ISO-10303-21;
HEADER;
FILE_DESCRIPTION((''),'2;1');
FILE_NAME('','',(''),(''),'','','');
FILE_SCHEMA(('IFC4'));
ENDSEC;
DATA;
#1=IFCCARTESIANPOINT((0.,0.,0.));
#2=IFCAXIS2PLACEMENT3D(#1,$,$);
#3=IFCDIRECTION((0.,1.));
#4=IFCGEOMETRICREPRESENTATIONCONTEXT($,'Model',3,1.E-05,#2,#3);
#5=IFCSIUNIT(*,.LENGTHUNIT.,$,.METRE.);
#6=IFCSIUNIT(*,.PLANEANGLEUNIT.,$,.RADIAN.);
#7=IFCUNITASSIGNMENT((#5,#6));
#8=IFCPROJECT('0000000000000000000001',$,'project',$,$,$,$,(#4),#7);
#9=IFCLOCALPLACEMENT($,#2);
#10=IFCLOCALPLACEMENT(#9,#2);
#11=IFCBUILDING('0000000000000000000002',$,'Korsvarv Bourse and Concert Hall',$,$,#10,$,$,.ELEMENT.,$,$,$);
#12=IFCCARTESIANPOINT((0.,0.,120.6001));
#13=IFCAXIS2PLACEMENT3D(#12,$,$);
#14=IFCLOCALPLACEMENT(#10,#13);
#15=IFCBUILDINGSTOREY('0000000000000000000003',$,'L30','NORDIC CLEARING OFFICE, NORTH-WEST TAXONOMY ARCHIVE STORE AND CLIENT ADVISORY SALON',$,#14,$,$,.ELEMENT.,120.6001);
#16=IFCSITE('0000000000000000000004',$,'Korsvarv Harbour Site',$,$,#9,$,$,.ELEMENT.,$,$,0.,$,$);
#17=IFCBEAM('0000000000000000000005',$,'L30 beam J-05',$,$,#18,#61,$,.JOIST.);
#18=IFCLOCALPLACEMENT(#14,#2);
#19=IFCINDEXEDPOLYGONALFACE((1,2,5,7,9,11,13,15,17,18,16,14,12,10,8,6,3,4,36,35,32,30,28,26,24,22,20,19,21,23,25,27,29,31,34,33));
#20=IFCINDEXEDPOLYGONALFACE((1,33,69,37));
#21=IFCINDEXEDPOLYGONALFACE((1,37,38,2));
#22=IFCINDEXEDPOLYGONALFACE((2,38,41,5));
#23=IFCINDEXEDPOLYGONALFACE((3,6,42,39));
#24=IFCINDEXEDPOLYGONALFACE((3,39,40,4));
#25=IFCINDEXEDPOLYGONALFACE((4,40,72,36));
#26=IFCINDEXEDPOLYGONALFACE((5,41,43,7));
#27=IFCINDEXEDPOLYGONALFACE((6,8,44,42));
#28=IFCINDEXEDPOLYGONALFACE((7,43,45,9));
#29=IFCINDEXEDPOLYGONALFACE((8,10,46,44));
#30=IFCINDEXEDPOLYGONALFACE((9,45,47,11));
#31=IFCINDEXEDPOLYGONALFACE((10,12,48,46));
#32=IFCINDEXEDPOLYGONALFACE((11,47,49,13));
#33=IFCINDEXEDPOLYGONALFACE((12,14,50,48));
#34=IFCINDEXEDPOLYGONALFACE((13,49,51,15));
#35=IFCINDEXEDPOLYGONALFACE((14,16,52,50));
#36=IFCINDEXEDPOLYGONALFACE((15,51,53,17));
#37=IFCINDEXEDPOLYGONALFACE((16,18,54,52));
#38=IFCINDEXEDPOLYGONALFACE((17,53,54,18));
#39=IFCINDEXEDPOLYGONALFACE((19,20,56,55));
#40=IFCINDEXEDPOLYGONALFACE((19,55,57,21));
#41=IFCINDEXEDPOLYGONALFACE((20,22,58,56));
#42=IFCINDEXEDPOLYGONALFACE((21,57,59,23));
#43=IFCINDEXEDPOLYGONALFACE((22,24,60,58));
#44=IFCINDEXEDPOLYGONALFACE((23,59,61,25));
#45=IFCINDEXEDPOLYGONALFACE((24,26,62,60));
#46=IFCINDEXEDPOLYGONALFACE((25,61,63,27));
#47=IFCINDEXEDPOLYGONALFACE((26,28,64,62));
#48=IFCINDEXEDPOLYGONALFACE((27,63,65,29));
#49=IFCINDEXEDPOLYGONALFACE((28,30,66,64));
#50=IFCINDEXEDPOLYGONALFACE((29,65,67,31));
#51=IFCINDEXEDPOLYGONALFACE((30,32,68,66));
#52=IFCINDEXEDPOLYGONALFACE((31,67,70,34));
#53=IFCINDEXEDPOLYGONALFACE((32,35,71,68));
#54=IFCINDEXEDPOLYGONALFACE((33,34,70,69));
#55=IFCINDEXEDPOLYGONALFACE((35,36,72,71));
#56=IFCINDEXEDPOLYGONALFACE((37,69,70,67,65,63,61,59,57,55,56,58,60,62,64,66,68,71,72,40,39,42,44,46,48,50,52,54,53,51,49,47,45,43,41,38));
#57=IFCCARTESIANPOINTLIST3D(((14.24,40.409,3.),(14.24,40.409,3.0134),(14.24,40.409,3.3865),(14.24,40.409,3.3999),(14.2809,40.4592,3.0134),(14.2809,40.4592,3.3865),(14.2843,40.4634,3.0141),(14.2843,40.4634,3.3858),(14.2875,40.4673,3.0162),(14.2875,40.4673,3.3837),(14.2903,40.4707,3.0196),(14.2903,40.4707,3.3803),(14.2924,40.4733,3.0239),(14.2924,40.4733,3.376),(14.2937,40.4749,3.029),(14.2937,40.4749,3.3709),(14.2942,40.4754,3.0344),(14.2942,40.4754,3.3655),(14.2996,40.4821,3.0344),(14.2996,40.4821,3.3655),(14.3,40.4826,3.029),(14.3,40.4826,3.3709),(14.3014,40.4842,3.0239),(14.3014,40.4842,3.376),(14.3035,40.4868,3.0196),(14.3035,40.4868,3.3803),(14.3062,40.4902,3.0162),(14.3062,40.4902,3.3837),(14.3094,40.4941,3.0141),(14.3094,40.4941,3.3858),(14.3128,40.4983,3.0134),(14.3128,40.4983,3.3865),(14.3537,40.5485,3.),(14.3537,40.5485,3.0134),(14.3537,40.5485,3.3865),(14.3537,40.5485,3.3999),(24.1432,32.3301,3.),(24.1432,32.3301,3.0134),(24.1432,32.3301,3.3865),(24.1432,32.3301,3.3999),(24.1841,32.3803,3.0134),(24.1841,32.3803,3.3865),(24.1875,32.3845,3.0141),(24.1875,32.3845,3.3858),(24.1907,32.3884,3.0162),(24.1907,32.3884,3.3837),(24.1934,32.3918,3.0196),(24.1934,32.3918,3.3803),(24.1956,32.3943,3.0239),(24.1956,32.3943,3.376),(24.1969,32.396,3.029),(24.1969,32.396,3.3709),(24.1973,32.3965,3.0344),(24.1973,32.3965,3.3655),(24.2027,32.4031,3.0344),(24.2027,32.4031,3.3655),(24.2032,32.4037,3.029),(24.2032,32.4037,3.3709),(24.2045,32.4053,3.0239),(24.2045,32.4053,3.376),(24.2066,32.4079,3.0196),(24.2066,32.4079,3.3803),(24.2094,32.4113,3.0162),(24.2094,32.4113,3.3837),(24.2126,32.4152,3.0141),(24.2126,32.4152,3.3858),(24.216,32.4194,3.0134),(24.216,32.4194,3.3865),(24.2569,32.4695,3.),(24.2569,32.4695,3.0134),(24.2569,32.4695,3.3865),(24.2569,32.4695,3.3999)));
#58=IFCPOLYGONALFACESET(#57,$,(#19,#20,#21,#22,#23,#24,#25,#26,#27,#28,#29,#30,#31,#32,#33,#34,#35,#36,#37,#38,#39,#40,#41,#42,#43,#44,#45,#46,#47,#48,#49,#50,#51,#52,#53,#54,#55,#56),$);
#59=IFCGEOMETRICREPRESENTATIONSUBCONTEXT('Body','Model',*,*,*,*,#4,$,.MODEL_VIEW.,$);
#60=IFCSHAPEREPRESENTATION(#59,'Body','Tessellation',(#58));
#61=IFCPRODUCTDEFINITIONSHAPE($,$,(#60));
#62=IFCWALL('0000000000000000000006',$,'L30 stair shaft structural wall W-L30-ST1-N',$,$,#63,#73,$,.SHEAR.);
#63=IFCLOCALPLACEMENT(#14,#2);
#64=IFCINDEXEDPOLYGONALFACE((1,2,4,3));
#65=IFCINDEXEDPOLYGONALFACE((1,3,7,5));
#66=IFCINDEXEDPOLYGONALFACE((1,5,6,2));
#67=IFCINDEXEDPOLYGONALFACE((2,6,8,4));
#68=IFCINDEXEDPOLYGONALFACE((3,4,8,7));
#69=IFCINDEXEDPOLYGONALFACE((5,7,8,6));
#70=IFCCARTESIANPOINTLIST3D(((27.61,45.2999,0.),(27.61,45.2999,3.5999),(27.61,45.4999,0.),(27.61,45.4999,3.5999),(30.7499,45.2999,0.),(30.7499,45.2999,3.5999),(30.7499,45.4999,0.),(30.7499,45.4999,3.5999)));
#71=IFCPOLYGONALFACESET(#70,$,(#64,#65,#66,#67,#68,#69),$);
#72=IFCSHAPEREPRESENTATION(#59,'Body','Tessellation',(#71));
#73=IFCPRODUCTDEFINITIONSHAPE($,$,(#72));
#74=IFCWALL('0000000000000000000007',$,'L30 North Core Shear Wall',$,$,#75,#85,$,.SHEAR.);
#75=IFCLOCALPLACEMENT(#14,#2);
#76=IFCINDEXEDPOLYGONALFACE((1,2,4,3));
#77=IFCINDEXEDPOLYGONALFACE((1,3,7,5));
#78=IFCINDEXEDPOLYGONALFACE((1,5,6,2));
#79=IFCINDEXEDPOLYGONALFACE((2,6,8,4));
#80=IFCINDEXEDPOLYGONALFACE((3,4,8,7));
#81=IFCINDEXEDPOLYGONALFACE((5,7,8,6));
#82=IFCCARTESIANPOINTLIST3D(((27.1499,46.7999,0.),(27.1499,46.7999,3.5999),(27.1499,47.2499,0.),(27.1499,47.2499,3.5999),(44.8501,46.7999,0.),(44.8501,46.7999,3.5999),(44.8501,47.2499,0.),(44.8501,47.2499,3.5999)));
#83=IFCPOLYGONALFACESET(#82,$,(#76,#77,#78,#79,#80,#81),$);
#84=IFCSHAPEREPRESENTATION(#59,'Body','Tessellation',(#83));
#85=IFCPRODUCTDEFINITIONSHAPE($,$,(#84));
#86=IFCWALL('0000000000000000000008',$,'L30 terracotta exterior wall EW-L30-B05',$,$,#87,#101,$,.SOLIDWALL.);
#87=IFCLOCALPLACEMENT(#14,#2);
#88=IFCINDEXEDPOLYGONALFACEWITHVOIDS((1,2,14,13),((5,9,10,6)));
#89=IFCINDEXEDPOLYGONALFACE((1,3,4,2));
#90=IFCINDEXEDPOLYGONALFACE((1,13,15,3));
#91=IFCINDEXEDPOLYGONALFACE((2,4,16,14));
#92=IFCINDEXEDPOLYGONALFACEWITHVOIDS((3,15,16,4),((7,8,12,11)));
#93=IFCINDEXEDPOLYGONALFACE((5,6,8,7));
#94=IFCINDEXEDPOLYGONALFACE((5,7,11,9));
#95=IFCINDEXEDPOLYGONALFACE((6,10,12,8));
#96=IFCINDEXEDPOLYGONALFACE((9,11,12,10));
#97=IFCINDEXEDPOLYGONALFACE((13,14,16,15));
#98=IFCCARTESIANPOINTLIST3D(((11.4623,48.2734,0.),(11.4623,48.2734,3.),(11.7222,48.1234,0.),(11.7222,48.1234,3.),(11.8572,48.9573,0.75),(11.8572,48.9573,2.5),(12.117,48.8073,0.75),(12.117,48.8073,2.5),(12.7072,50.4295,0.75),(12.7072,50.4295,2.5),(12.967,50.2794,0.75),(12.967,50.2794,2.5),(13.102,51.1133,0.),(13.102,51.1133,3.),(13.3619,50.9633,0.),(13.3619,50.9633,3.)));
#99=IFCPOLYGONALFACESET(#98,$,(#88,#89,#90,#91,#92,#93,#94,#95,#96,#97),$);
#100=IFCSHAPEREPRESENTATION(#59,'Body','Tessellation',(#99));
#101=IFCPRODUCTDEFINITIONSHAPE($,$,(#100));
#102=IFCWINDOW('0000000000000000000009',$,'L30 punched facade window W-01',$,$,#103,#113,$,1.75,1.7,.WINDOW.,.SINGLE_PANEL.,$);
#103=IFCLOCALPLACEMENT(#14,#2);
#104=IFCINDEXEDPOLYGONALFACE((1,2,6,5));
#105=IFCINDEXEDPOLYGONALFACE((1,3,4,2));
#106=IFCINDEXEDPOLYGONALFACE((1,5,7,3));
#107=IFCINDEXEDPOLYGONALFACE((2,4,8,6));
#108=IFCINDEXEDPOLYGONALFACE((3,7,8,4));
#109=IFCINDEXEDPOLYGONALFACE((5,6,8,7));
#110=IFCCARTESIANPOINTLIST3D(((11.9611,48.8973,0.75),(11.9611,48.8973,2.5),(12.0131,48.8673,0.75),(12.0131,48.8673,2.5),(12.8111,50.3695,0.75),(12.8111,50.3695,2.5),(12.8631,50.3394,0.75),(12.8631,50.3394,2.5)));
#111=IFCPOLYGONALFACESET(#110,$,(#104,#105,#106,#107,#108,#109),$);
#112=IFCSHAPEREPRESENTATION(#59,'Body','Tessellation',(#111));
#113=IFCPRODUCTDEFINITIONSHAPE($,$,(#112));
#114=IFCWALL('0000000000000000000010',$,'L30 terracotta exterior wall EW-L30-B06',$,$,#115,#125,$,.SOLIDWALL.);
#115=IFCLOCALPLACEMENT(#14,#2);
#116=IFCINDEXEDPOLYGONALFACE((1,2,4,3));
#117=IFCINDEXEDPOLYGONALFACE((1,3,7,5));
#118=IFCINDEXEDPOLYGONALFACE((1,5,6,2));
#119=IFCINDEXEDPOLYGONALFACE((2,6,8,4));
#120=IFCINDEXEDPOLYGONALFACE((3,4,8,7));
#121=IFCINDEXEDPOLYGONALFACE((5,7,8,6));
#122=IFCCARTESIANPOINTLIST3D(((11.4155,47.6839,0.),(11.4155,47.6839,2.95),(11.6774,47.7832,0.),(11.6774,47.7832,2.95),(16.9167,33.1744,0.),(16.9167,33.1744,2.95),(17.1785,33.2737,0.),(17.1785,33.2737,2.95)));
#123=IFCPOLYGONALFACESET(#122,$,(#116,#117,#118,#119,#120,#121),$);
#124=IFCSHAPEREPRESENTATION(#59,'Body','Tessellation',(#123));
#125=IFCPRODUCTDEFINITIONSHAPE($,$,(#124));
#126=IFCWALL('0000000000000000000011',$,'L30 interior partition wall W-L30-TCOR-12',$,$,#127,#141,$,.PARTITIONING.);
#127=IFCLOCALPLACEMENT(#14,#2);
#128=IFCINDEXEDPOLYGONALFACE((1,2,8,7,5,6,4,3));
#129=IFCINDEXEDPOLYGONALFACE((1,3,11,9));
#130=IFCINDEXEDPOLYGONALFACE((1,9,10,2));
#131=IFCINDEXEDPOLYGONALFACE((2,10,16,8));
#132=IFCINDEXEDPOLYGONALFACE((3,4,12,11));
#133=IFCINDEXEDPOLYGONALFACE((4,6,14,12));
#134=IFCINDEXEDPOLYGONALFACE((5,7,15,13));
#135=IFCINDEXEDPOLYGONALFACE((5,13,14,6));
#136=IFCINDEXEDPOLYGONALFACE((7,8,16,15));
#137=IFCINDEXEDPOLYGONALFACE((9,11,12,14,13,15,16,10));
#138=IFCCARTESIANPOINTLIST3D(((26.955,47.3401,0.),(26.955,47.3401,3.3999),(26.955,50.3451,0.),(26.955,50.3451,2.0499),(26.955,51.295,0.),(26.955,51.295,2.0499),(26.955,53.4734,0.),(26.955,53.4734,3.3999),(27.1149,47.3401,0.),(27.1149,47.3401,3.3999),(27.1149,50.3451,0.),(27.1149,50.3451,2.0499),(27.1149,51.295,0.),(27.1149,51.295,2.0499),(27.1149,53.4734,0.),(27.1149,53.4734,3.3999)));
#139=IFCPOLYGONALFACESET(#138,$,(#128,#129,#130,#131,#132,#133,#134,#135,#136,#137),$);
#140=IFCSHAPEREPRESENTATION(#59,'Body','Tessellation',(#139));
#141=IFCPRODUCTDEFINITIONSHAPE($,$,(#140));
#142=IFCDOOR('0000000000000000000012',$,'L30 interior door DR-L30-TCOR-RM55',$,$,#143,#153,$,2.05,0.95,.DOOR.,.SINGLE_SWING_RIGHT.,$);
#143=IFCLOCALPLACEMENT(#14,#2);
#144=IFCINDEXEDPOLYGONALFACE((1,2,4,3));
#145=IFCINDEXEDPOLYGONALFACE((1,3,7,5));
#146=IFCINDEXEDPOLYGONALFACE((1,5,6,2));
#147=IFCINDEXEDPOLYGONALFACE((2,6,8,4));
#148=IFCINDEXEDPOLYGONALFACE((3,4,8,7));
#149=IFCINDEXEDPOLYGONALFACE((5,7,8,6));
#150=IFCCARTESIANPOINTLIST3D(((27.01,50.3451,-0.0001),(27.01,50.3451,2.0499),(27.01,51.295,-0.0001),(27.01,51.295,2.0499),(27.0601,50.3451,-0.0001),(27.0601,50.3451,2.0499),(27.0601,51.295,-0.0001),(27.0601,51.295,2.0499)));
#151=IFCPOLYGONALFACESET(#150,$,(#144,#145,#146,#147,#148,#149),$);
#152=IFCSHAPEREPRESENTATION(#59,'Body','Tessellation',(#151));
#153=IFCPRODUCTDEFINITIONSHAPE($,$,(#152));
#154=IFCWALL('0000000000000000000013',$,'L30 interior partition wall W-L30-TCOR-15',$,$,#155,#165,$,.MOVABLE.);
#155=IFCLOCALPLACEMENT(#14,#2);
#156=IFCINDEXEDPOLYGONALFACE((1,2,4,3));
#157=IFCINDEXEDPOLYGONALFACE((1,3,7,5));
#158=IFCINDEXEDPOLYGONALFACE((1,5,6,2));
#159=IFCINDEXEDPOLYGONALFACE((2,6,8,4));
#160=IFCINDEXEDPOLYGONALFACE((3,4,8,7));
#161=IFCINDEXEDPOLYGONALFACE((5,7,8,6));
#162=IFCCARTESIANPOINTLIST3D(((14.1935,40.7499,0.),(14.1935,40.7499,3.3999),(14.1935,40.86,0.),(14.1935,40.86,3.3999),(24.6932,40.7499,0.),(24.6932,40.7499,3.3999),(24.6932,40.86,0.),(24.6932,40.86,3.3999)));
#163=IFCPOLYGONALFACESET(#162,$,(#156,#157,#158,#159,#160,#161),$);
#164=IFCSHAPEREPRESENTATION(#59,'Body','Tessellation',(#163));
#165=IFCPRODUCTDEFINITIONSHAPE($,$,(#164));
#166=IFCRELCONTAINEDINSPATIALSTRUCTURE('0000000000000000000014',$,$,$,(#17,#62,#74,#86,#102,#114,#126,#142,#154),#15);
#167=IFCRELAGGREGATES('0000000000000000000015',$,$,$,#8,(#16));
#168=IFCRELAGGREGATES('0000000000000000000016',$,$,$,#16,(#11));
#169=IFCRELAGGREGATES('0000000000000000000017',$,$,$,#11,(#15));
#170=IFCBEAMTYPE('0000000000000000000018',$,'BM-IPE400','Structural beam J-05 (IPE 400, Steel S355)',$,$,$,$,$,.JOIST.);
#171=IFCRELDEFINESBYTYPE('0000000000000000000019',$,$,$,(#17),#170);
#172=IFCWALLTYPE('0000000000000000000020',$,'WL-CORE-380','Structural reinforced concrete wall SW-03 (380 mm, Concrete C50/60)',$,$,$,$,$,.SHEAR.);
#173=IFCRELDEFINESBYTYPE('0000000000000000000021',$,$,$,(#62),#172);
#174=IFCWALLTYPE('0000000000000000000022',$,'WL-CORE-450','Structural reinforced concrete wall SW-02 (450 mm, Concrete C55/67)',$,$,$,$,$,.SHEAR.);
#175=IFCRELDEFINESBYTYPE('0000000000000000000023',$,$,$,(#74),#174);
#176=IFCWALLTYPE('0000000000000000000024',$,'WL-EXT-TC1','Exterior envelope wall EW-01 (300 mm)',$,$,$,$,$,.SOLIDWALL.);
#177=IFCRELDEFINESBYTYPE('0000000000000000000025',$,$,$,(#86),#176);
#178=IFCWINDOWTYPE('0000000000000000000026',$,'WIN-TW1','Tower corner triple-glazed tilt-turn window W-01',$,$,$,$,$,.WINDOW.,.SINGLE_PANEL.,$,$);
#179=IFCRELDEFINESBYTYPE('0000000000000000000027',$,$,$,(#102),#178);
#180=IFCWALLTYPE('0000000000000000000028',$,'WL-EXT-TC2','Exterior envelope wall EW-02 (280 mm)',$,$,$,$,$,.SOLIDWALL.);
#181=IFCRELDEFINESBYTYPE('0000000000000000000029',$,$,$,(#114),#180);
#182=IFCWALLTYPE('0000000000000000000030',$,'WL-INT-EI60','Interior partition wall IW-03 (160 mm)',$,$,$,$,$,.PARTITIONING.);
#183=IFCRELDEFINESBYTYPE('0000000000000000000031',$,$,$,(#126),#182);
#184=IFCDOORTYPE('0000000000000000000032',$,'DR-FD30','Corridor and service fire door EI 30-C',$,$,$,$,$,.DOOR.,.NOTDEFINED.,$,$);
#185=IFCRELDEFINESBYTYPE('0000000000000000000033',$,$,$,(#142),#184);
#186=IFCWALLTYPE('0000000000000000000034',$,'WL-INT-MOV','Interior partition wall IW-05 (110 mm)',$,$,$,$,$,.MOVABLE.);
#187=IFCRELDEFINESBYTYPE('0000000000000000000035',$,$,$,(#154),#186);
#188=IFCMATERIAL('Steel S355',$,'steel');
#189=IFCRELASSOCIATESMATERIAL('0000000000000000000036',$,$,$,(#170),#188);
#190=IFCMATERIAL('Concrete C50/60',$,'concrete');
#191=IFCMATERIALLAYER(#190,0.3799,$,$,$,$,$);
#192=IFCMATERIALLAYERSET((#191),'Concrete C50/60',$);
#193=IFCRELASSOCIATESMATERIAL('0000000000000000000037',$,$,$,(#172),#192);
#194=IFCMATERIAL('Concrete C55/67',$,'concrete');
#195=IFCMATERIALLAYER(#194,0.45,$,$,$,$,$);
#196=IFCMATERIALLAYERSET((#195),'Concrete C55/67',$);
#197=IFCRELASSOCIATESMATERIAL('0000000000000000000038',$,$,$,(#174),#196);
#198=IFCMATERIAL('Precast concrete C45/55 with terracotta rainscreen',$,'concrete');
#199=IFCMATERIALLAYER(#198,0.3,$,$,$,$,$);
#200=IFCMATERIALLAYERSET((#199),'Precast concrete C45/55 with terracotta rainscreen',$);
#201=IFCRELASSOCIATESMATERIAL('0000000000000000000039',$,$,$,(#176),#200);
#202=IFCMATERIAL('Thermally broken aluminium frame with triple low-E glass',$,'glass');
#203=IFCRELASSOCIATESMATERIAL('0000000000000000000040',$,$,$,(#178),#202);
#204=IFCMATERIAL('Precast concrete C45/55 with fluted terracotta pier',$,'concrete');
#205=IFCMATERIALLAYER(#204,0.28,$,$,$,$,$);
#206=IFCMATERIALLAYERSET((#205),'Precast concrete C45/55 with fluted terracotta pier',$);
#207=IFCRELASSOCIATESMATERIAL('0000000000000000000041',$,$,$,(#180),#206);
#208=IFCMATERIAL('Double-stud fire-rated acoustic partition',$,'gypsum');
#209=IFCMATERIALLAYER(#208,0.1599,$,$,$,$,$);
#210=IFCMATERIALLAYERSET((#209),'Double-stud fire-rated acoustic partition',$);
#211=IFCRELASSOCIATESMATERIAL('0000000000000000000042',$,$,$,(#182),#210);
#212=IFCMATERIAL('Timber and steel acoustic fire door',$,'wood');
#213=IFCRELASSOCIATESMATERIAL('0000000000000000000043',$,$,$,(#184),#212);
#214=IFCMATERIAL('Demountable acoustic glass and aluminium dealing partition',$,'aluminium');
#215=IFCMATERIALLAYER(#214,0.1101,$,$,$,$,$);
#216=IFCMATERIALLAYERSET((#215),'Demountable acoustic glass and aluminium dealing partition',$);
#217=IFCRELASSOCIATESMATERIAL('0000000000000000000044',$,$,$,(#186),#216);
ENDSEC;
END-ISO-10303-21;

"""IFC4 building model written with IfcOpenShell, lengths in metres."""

from ifc_helpers import new_model, si_unit, direction, frame, frame_2d, origin, origin_2d, place, context, subcontext, project, spatial, rectangle, i_section, extrude, source, transform, mapped, material, layer, layer_set, material_profile, profile_set, type_object, element, fill, save


model = new_model("IFC4")

# Units and contexts
model_context = context("Model", 3, precision=1e-05, world=origin(), true_north=direction((0.0, 1.0)))
body_context = subcontext(model_context, "Body", "Model", "MODEL_VIEW")
ifc_project = project(units=[si_unit("LENGTHUNIT", "METRE"), si_unit("PLANEANGLEUNIT", "RADIAN")], contexts=[model_context])

# Site, building, storey
site_placement = place(None, origin())
site = spatial("IfcSite", under=ifc_project, at=site_placement, Name="Korsvarv Harbour Site", CompositionType="ELEMENT", RefElevation=0.0)
building_placement = place(site_placement, origin())
building = spatial("IfcBuilding", under=site, at=building_placement, Name="Korsvarv Bourse and Concert Hall", CompositionType="ELEMENT")
storey_placement = place(building_placement, frame((0.0, 0.0, 120.6001)))
storey = spatial("IfcBuildingStorey", under=building, at=storey_placement, Name="L30", Description="NORDIC CLEARING OFFICE, NORTH-WEST TAXONOMY ARCHIVE STORE AND CLIENT ADVISORY SALON", CompositionType="ELEMENT", Elevation=120.6001)

# Beam
ifc_material_1 = material(Name="Steel S355", Category="steel")
ifc_material_profile_1 = material_profile(ifc_material_1, i_section(OverallWidth=0.1799, OverallDepth=0.3999, WebThickness=0.0085, FlangeThickness=0.0134, FilletRadius=0.021, at=origin_2d()), Name="IPE 400")
ifc_profile_set_1 = profile_set([ifc_material_profile_1], Name="Steel S355")
beam_type_1 = type_object("IfcBeamType", Name="BM-IPE400", Description="Structural beam J-05 (IPE 400, Steel S355)", PredefinedType="JOIST", material=ifc_profile_set_1)
shared_shape_1 = source(origin(), body_context, "Body", "SweptSolid", [
    extrude(i_section(OverallWidth=0.1799, OverallDepth=0.3999, WebThickness=0.0085, FlangeThickness=0.0134, FilletRadius=0.021, at=origin_2d()), origin(), (0.0, 0.0, 1.0), 12.7805),
])
beam_1_placement = place(storey_placement, frame((14.2969, 40.4788, 3.2), z_axis=(0.774864, -0.632128, 0.0), x_axis=(0.632128, 0.774864, 0.0)))
element("IfcBeam", 1, at=beam_1_placement, inside=storey, type_object=beam_type_1, Name="L30 beam J-05", PredefinedType="JOIST", context=body_context, shape_type="MappedRepresentation", body=[
    mapped(shared_shape_1, transform((0.0, 0.0, 0.0), scale=1.0)),
])

# Walls
ifc_material_2 = material(Name="Concrete C50/60", Category="concrete")
ifc_layer_1 = layer(ifc_material_2, 0.3799)
ifc_layer_set_1 = layer_set([ifc_layer_1], Name="Concrete C50/60")
wall_type_1 = type_object("IfcWallType", Name="WL-CORE-380", Description="Structural reinforced concrete wall SW-03 (380 mm, Concrete C50/60)", PredefinedType="SHEAR", material=ifc_layer_set_1)
wall_1_placement = place(storey_placement, frame((27.6101, 45.3999, 0.0), z_axis=(0.0, 0.0, 1.0), x_axis=(1.0, 0.0, 0.0)))
element("IfcWall", 2, at=wall_1_placement, inside=storey, type_object=wall_type_1, Name="L30 stair shaft structural wall W-L30-ST1-N", PredefinedType="SHEAR", context=body_context, shape_type="SweptSolid", body=[
    extrude(rectangle(XDim=3.1399, YDim=0.2, at=frame_2d((1.5698, 0.0))), origin(), (0.0, 0.0, 1.0), 3.5999),
])
ifc_material_3 = material(Name="Concrete C55/67", Category="concrete")
ifc_layer_2 = layer(ifc_material_3, 0.45)
ifc_layer_set_2 = layer_set([ifc_layer_2], Name="Concrete C55/67")
wall_type_2 = type_object("IfcWallType", Name="WL-CORE-450", Description="Structural reinforced concrete wall SW-02 (450 mm, Concrete C55/67)", PredefinedType="SHEAR", material=ifc_layer_set_2)
wall_2_placement = place(storey_placement, frame((27.1499, 47.0249, 0.0), z_axis=(0.0, 0.0, 1.0), x_axis=(1.0, 0.0, 0.0)))
element("IfcWall", 3, at=wall_2_placement, inside=storey, type_object=wall_type_2, Name="L30 North Core Shear Wall", PredefinedType="SHEAR", context=body_context, shape_type="SweptSolid", body=[
    extrude(rectangle(XDim=17.7002, YDim=0.45, at=frame_2d((8.8501, 0.0))), origin(), (0.0, 0.0, 1.0), 3.5999),
])

# Wall, opening, window
ifc_material_4 = material(Name="Precast concrete C45/55 with terracotta rainscreen", Category="concrete")
ifc_layer_3 = layer(ifc_material_4, 0.3)
ifc_layer_set_3 = layer_set([ifc_layer_3], Name="Precast concrete C45/55 with terracotta rainscreen")
wall_type_3 = type_object("IfcWallType", Name="WL-EXT-TC1", Description="Exterior envelope wall EW-01 (300 mm)", PredefinedType="SOLIDWALL", material=ifc_layer_set_3)
wall_3_placement = place(storey_placement, frame((13.2319, 51.0383, 0.0), z_axis=(0.0, 0.0, 1.0), x_axis=(-0.500015, -0.866017, 0.0)))
wall_3 = element("IfcWall", 4, at=wall_3_placement, inside=storey, type_object=wall_type_3, Name="L30 terracotta exterior wall EW-L30-B05", PredefinedType="SOLIDWALL", context=body_context, shape_type="SweptSolid", body=[
    extrude(rectangle(XDim=3.2793, YDim=0.3, at=frame_2d((1.6396, 0.0))), origin(), (0.0, 0.0, 1.0), 3.0),
])
opening_1_placement = place(wall_3_placement, frame((0.7896, 0.0, 0.75)))
opening_1 = element("IfcOpeningElement", 5, at=opening_1_placement, cuts=wall_3, PredefinedType="OPENING", context=body_context, shape_type="SweptSolid", body=[
    extrude(rectangle(XDim=1.7, YDim=1.75, at=frame_2d((0.8501, 0.875))), frame((0.0, 0.1602, 0.0), z_axis=(0.0, -1.0, 0.0), x_axis=(1.0, 0.0, 0.0)), (0.0, 0.0, 1.0), 0.3201),
])
ifc_material_5 = material(Name="Thermally broken aluminium frame with triple low-E glass", Category="glass")
window_type = type_object("IfcWindowType", Name="WIN-TW1", Description="Tower corner triple-glazed tilt-turn window W-01", PartitioningType="SINGLE_PANEL", PredefinedType="WINDOW", material=ifc_material_5)
window_placement = place(opening_1_placement, origin())
window = element("IfcWindow", 6, at=window_placement, inside=storey, type_object=window_type, Name="L30 punched facade window W-01", OverallHeight=1.75, OverallWidth=1.7, PartitioningType="SINGLE_PANEL", PredefinedType="WINDOW", context=body_context, shape_type="SweptSolid", body=[
    extrude(rectangle(XDim=1.7, YDim=1.75, at=frame_2d((0.8501, 0.875))), frame((0.0, 0.03, 0.0), z_axis=(0.0, -1.0, 0.0), x_axis=(1.0, 0.0, 0.0)), (0.0, 0.0, 1.0), 0.0601),
])
fill(opening_1, window)

# Wall
ifc_material_6 = material(Name="Precast concrete C45/55 with fluted terracotta pier", Category="concrete")
ifc_layer_4 = layer(ifc_material_6, 0.28)
ifc_layer_set_4 = layer_set([ifc_layer_4], Name="Precast concrete C45/55 with fluted terracotta pier")
wall_type_4 = type_object("IfcWallType", Name="WL-EXT-TC2", Description="Exterior envelope wall EW-02 (280 mm)", PredefinedType="SOLIDWALL", material=ifc_layer_set_4)
wall_4_placement = place(storey_placement, frame((11.5464, 47.7336, 0.0), z_axis=(0.0, 0.0, 1.0), x_axis=(0.35452, -0.935049, 0.0)))
element("IfcWall", 7, at=wall_4_placement, inside=storey, type_object=wall_type_4, Name="L30 terracotta exterior wall EW-L30-B06", PredefinedType="SOLIDWALL", context=body_context, shape_type="SweptSolid", body=[
    extrude(rectangle(XDim=15.5173, YDim=0.28, at=frame_2d((7.7588, 0.0))), origin(), (0.0, 0.0, 1.0), 2.95),
])

# Wall, opening, door
ifc_material_7 = material(Name="Double-stud fire-rated acoustic partition", Category="gypsum")
ifc_layer_5 = layer(ifc_material_7, 0.1599)
ifc_layer_set_5 = layer_set([ifc_layer_5], Name="Double-stud fire-rated acoustic partition")
wall_type_5 = type_object("IfcWallType", Name="WL-INT-EI60", Description="Interior partition wall IW-03 (160 mm)", PredefinedType="PARTITIONING", material=ifc_layer_set_5)
wall_5_placement = place(storey_placement, frame((27.0349, 47.3401, 0.0), z_axis=(0.0, 0.0, 1.0), x_axis=(0.0, 1.0, 0.0)))
wall_5 = element("IfcWall", 8, at=wall_5_placement, inside=storey, type_object=wall_type_5, Name="L30 interior partition wall W-L30-TCOR-12", PredefinedType="PARTITIONING", context=body_context, shape_type="SweptSolid", body=[
    extrude(rectangle(XDim=6.1333, YDim=0.1599, at=frame_2d((3.0667, 0.0))), origin(), (0.0, 0.0, 1.0), 3.3999),
])
opening_2_placement = place(wall_5_placement, frame((3.0049, 0.0, 0.0)))
opening_2 = element("IfcOpeningElement", 9, at=opening_2_placement, cuts=wall_5, PredefinedType="OPENING", context=body_context, shape_type="SweptSolid", body=[
    extrude(rectangle(XDim=0.95, YDim=2.05, at=frame_2d((0.4751, 1.0249))), frame((0.0, 0.0898, 0.0), z_axis=(0.0, -1.0, 0.0), x_axis=(1.0, 0.0, 0.0)), (0.0, 0.0, 1.0), 0.1799),
])
ifc_material_8 = material(Name="Timber and steel acoustic fire door", Category="wood")
door_type = type_object("IfcDoorType", Name="DR-FD30", Description="Corridor and service fire door EI 30-C", OperationType="NOTDEFINED", PredefinedType="DOOR", material=ifc_material_8)
door_placement = place(opening_2_placement, origin())
door = element("IfcDoor", 10, at=door_placement, inside=storey, type_object=door_type, Name="L30 interior door DR-L30-TCOR-RM55", OperationType="SINGLE_SWING_RIGHT", OverallHeight=2.05, OverallWidth=0.95, PredefinedType="DOOR", context=body_context, shape_type="SweptSolid", body=[
    extrude(rectangle(XDim=0.95, YDim=2.05, at=frame_2d((0.4751, 1.0249))), frame((0.0, 0.0249, 0.0), z_axis=(0.0, -1.0, 0.0), x_axis=(1.0, 0.0, 0.0)), (0.0, 0.0, 1.0), 0.05),
])
fill(opening_2, door)

# Wall
ifc_material_9 = material(Name="Demountable acoustic glass and aluminium dealing partition", Category="aluminium")
ifc_layer_6 = layer(ifc_material_9, 0.1101)
ifc_layer_set_6 = layer_set([ifc_layer_6], Name="Demountable acoustic glass and aluminium dealing partition")
wall_type_6 = type_object("IfcWallType", Name="WL-INT-MOV", Description="Interior partition wall IW-05 (110 mm)", PredefinedType="MOVABLE", material=ifc_layer_set_6)
wall_6_placement = place(storey_placement, frame((14.1934, 40.8049, 0.0), z_axis=(0.0, 0.0, 1.0), x_axis=(1.0, 0.0, 0.0)))
element("IfcWall", 11, at=wall_6_placement, inside=storey, type_object=wall_type_6, Name="L30 interior partition wall W-L30-TCOR-15", PredefinedType="MOVABLE", context=body_context, shape_type="SweptSolid", body=[
    extrude(rectangle(XDim=10.4998, YDim=0.1101, at=frame_2d((5.25, 0.0))), origin(), (0.0, 0.0, 1.0), 3.3999),
])

save(model, "model.ifc")
